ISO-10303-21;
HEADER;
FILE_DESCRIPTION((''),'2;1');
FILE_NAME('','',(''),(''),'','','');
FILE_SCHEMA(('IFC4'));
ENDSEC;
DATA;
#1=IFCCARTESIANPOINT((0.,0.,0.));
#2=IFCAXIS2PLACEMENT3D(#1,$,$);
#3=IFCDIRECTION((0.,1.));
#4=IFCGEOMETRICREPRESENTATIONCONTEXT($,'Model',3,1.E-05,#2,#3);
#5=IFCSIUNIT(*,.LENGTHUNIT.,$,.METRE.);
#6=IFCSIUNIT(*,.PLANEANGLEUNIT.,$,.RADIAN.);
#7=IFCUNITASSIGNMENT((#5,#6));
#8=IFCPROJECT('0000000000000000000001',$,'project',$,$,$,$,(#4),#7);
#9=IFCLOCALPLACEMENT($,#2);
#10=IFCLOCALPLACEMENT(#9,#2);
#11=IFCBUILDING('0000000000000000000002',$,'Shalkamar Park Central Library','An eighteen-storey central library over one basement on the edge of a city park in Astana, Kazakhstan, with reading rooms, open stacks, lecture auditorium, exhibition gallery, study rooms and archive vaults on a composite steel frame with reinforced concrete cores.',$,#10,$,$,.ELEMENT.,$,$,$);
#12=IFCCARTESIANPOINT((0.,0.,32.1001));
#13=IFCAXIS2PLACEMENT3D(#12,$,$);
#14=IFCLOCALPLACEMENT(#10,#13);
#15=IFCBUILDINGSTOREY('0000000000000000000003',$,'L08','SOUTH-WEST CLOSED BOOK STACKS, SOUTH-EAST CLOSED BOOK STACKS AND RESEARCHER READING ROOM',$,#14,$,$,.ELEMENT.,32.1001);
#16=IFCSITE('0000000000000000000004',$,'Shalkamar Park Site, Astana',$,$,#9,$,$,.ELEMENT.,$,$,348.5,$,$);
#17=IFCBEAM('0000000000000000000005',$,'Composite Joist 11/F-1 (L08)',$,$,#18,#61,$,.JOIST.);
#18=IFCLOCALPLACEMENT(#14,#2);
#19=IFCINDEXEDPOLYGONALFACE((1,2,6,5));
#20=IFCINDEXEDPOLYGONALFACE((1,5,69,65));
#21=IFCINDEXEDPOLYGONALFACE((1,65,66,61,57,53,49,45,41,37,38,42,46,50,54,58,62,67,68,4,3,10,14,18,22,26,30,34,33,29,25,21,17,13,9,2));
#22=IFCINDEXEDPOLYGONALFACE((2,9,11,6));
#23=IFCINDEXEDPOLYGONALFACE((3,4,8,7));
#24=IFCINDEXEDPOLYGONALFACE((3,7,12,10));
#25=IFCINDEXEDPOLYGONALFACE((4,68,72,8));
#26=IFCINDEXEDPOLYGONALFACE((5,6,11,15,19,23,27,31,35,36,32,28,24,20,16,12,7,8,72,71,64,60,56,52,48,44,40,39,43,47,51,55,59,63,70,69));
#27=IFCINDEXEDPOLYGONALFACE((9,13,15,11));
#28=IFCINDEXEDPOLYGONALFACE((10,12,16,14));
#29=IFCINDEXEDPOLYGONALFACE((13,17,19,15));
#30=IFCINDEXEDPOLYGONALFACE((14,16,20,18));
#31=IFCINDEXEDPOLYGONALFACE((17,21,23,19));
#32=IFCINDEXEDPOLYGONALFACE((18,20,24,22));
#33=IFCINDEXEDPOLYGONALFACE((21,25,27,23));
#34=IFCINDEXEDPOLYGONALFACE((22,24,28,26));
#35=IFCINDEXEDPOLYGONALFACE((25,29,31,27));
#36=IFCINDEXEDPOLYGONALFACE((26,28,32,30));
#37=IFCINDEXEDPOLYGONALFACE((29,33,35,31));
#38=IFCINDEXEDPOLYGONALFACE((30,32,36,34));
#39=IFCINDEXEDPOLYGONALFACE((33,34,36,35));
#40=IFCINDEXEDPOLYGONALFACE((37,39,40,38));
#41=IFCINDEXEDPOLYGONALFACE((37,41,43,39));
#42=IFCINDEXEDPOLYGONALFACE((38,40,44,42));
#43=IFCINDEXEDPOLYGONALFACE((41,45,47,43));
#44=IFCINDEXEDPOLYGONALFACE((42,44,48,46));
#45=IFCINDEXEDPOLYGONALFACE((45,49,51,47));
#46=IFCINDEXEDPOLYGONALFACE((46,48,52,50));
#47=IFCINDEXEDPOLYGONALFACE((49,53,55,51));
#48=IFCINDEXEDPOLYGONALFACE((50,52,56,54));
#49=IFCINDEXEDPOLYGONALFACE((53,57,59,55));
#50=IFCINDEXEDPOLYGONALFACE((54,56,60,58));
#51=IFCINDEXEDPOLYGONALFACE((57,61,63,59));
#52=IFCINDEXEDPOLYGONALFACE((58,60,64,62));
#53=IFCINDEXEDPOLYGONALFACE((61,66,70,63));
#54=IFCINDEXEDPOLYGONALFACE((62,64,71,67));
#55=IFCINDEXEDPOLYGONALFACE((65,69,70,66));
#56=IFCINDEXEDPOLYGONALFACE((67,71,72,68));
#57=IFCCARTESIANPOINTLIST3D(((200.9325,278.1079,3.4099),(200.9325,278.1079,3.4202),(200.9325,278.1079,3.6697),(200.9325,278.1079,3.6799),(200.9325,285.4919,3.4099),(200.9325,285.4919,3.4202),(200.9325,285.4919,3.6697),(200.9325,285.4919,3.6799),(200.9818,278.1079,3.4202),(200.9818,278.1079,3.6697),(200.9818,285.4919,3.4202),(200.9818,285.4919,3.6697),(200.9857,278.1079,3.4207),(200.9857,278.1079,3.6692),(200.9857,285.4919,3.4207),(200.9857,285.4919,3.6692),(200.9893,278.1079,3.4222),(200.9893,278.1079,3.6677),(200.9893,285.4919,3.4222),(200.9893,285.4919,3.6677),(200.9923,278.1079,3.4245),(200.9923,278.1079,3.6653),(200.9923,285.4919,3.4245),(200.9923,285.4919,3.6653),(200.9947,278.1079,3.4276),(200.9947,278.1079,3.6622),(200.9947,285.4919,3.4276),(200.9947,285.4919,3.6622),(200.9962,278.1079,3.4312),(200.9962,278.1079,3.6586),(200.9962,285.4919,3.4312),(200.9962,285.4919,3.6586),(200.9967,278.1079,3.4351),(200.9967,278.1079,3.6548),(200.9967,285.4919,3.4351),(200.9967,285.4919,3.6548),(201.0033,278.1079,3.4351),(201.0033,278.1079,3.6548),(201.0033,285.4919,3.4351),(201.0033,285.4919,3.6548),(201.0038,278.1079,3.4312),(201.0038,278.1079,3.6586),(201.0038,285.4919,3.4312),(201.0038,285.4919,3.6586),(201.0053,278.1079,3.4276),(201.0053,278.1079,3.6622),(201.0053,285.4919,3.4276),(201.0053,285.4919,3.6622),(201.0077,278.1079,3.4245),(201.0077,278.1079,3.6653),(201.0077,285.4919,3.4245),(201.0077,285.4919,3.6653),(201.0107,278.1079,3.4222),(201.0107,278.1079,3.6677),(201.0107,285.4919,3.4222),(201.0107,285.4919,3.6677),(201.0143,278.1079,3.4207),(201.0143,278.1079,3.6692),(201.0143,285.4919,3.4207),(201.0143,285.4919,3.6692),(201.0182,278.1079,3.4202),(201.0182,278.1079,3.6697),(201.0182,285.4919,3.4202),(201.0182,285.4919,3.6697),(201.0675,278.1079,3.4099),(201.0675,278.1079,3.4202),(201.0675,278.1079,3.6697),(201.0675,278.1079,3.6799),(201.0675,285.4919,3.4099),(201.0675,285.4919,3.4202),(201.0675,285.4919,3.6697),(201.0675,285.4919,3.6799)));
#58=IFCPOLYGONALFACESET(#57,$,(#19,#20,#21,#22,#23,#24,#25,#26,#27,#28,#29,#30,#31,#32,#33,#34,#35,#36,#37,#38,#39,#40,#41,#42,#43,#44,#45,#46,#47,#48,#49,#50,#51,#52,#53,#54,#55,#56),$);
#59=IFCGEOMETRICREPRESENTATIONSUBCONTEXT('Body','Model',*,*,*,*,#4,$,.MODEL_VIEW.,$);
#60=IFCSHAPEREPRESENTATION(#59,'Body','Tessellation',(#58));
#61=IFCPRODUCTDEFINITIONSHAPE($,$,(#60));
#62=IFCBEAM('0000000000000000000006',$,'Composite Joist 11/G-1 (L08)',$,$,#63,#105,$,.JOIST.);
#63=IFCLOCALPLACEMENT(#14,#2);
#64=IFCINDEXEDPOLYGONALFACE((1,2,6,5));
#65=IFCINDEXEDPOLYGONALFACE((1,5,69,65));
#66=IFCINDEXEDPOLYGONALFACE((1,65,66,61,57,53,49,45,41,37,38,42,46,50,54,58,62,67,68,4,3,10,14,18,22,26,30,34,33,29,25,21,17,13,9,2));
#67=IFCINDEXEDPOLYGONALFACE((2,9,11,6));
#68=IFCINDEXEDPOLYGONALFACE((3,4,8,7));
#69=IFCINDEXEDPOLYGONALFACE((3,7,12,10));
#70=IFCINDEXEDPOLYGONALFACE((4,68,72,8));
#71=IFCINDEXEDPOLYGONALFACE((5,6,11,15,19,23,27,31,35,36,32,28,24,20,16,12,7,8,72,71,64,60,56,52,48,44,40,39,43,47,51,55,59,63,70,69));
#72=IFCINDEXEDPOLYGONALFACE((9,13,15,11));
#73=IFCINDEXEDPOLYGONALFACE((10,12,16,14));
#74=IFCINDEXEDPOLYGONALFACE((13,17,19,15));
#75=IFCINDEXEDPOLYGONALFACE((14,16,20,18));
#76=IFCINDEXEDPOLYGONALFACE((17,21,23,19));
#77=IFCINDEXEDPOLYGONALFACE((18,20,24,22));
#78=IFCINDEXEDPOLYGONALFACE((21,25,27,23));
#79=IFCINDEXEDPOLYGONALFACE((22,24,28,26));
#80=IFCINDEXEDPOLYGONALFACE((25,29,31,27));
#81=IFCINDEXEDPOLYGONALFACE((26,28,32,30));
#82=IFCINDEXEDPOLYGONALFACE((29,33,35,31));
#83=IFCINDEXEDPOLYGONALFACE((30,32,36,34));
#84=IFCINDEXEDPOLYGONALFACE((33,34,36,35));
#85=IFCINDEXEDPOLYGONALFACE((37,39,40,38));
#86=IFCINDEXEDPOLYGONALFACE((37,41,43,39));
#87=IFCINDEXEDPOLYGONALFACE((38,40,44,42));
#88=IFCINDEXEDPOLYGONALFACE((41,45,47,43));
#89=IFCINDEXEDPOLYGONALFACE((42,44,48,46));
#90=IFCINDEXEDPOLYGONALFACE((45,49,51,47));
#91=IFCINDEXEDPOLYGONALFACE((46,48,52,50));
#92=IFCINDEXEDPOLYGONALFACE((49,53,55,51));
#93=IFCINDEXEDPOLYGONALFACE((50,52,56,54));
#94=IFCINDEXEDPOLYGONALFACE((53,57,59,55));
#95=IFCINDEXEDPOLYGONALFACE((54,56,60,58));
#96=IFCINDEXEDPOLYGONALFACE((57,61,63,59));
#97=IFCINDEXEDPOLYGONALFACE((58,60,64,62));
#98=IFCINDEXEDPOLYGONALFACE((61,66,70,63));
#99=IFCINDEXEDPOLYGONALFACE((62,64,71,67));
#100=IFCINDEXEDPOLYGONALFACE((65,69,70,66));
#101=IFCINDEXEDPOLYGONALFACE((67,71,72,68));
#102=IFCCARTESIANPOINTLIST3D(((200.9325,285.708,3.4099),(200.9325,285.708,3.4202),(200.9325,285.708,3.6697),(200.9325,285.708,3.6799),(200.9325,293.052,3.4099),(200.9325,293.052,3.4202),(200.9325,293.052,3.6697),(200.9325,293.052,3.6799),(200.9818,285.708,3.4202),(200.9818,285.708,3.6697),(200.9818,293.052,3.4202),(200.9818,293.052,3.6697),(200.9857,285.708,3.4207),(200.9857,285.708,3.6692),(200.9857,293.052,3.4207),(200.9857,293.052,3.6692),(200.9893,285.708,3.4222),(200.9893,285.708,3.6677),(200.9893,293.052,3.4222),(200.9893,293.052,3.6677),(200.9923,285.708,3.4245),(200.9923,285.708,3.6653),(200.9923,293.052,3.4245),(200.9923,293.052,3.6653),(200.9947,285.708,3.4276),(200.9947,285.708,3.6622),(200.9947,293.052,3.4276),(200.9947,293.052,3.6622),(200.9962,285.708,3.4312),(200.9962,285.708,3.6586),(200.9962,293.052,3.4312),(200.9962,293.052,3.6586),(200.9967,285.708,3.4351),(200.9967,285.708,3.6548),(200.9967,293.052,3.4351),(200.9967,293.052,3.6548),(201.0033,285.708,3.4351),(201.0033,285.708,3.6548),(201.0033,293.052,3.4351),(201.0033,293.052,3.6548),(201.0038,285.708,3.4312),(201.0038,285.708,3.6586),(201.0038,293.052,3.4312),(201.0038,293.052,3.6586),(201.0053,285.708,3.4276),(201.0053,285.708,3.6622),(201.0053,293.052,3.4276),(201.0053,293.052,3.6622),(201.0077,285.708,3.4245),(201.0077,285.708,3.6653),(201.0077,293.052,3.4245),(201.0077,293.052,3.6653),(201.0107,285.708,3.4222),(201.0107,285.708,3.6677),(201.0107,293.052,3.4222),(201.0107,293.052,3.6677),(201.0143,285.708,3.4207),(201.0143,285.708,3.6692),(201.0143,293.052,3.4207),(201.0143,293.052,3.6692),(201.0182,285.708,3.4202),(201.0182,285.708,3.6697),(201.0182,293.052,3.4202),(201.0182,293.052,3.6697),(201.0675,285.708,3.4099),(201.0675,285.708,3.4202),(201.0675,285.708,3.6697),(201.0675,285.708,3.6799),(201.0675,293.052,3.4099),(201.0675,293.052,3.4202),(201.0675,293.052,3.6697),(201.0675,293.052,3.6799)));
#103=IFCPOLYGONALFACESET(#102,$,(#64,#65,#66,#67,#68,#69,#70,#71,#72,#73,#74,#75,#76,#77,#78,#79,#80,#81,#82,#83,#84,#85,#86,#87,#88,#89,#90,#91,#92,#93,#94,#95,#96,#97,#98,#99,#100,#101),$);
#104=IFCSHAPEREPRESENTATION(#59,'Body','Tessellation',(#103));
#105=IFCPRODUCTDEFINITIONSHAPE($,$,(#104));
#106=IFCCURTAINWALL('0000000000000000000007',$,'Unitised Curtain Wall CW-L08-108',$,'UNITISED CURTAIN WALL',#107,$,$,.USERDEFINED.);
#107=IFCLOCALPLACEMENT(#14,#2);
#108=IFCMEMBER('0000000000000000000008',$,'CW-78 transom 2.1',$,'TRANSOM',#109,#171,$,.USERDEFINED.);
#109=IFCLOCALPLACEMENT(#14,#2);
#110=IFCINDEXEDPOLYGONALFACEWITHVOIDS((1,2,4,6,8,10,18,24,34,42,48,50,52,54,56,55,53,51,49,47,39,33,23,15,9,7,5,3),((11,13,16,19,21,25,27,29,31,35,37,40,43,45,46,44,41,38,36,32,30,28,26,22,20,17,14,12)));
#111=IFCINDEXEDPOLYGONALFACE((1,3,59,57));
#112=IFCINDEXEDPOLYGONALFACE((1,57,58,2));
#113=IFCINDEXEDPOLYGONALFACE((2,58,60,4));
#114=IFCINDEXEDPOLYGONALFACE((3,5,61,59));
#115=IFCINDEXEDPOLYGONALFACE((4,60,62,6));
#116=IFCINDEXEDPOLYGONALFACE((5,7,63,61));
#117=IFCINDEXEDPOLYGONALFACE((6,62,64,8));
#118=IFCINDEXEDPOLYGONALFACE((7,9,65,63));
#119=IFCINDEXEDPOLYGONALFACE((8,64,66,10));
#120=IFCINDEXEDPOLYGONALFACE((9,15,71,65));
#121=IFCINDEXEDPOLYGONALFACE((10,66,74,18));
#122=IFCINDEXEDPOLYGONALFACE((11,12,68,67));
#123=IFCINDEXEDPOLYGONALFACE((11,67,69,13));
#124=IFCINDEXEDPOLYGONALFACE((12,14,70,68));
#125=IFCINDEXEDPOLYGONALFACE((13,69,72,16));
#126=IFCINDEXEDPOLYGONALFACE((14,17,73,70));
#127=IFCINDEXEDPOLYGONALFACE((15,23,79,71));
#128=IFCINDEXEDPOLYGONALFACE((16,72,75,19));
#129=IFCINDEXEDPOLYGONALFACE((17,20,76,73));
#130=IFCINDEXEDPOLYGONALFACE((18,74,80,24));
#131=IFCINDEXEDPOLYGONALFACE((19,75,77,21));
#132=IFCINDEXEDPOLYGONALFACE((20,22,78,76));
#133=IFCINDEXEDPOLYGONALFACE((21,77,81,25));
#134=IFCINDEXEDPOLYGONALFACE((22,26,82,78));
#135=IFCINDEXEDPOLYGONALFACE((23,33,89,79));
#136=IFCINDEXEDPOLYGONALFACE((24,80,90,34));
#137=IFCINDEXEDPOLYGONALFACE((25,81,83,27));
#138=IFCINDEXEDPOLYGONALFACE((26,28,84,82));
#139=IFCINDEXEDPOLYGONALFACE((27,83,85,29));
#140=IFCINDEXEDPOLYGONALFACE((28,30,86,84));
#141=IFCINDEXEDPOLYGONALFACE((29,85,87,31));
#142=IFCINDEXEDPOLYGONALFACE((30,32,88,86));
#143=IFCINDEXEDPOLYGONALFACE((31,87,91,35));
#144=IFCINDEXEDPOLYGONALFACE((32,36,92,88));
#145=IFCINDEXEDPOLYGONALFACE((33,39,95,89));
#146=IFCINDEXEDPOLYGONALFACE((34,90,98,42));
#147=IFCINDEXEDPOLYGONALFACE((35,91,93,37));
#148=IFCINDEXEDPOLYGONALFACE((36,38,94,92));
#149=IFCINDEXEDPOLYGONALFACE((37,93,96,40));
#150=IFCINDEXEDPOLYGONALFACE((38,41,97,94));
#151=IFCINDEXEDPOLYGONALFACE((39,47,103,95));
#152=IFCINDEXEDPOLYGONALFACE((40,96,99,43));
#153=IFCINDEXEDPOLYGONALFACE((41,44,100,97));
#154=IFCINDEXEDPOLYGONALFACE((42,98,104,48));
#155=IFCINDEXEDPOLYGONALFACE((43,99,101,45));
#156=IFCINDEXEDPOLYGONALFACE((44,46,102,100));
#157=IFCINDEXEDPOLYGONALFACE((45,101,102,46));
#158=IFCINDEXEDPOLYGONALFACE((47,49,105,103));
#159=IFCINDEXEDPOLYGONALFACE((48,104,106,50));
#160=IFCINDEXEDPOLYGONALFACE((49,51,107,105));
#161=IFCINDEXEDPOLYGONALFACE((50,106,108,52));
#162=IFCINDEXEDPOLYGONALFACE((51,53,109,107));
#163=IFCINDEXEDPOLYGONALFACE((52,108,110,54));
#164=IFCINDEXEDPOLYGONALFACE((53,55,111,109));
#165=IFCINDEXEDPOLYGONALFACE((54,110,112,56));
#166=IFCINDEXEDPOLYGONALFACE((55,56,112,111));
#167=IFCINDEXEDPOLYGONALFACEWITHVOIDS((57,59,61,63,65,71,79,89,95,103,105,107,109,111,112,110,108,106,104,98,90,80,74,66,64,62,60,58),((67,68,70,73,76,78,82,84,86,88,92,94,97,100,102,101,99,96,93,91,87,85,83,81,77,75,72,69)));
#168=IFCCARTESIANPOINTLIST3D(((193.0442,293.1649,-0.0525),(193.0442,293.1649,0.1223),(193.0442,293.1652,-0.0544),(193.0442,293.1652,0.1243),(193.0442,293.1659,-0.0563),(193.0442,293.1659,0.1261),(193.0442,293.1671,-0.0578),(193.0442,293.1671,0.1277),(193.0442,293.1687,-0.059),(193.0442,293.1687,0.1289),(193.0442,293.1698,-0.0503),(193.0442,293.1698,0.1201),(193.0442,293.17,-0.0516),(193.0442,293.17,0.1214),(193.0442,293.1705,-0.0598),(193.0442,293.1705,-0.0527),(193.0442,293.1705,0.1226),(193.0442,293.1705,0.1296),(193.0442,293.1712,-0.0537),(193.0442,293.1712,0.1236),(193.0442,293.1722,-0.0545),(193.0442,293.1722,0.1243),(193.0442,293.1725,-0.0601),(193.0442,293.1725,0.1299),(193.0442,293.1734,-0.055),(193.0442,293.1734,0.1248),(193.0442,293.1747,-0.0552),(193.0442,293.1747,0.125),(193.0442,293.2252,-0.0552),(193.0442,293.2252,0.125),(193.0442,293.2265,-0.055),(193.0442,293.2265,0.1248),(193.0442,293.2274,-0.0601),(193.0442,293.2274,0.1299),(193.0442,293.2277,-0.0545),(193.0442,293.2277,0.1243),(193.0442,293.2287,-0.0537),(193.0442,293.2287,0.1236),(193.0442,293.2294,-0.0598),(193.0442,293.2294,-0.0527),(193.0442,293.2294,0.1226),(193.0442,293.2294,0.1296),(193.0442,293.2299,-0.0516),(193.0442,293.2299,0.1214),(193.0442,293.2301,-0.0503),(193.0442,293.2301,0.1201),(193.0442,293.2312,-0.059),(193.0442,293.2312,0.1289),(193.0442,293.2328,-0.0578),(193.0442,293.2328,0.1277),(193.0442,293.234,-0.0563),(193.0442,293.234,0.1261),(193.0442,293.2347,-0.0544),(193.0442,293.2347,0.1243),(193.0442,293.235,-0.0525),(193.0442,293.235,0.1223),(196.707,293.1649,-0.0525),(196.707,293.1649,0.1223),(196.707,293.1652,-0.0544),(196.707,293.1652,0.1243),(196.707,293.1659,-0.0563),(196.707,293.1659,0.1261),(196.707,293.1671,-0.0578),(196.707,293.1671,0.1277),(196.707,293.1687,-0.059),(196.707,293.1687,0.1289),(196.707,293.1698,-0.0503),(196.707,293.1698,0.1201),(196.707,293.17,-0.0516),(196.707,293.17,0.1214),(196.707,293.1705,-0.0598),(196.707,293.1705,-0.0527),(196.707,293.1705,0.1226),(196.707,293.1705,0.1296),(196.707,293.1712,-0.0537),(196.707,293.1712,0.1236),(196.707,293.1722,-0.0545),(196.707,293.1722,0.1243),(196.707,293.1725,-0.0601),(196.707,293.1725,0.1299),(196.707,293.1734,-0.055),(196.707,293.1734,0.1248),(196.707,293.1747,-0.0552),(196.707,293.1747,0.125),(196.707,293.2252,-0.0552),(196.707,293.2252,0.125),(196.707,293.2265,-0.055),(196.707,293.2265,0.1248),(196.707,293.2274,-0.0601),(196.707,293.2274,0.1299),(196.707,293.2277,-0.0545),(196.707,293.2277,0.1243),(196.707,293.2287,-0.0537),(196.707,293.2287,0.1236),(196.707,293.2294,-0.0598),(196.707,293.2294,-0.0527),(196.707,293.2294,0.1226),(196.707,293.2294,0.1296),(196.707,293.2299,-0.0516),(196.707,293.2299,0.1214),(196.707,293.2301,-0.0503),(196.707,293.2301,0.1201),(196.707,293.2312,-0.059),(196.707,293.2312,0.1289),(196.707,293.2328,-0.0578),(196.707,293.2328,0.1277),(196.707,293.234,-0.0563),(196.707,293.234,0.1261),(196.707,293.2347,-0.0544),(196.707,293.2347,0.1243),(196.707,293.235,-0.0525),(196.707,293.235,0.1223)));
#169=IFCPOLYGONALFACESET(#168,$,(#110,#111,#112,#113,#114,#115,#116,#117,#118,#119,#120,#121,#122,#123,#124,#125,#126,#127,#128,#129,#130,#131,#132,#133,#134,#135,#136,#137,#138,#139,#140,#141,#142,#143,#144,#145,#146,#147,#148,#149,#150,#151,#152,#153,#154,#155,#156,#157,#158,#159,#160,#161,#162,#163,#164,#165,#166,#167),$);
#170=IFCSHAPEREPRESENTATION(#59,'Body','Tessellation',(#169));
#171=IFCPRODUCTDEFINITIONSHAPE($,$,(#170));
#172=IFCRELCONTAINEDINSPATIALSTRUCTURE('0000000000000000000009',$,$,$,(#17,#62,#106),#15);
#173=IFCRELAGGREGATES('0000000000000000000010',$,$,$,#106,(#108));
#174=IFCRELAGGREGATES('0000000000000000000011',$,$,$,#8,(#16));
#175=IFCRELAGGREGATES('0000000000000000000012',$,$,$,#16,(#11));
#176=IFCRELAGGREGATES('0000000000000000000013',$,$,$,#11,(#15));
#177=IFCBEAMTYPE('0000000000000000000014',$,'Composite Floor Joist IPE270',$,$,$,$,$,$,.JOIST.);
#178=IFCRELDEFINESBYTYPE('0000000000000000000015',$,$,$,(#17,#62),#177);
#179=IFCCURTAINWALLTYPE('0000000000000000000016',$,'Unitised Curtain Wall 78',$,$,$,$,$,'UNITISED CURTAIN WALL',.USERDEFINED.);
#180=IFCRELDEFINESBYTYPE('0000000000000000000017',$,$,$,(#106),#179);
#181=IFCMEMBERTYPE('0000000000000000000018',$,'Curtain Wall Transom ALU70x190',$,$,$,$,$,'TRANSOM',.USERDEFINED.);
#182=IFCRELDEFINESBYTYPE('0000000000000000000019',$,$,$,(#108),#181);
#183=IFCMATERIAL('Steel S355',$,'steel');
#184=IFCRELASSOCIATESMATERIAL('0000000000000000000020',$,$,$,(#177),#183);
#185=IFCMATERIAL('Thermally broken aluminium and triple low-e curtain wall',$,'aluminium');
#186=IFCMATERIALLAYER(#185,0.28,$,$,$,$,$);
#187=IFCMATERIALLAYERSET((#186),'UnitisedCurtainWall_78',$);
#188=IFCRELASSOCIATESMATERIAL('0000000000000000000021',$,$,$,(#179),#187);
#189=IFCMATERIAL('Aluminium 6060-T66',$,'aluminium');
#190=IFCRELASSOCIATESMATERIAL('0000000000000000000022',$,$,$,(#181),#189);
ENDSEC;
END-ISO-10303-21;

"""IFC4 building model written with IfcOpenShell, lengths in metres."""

from ifc_helpers import new_model, si_unit, direction, frame, origin, origin_2d, place, context, subcontext, project, spatial, hollow_rectangle, i_section, extrude, material, layer, layer_set, material_profile, profile_set, type_object, element, aggregate, save


model = new_model("IFC4")

# Units and contexts
model_context = context("Model", 3, precision=1e-05, world=origin(), true_north=direction((0.0, 1.0)))
body_context = subcontext(model_context, "Body", "Model", "MODEL_VIEW")
ifc_project = project(units=[si_unit("LENGTHUNIT", "METRE"), si_unit("PLANEANGLEUNIT", "RADIAN")], contexts=[model_context])

# Site, building, storey
site_placement = place(None, origin())
site = spatial("IfcSite", under=ifc_project, at=site_placement, Name="Shalkamar Park Site, Astana", CompositionType="ELEMENT", RefElevation=348.5)
building_placement = place(site_placement, origin())
building = spatial("IfcBuilding", under=site, at=building_placement, Name="Shalkamar Park Central Library", Description="An eighteen-storey central library over one basement on the edge of a city park in Astana, Kazakhstan, with reading rooms, open stacks, lecture auditorium, exhibition gallery, study rooms and archive vaults on a composite steel frame with reinforced concrete cores.", CompositionType="ELEMENT")
storey_placement = place(building_placement, frame((0.0, 0.0, 32.1001)))
storey = spatial("IfcBuildingStorey", under=building, at=storey_placement, Name="L08", Description="SOUTH-WEST CLOSED BOOK STACKS, SOUTH-EAST CLOSED BOOK STACKS AND RESEARCHER READING ROOM", CompositionType="ELEMENT", Elevation=32.1001)

# Shared definitions
ifc_material_1 = material(Name="Steel S355", Category="steel")

# Beams
ifc_material_profile_1 = material_profile(ifc_material_1, i_section(OverallWidth=0.135, OverallDepth=0.27, WebThickness=0.0066, FlangeThickness=0.0103, FilletRadius=0.0149, at=origin_2d()), Name="IPE 270")
ifc_profile_set_1 = profile_set([ifc_material_profile_1], Name="Steel S355")
beam_type_1 = type_object("IfcBeamType", Name="Composite Floor Joist IPE270", PredefinedType="JOIST", material=ifc_profile_set_1)
for number, where, z_axis, x_axis, name in (
    (1, (201.0, 278.1079, 3.5449), (0.0, 1.0, 0.0), (-1.0, 0.0, 0.0), "Composite Joist 11/F-1 (L08)"),
):
    element("IfcBeam", number, at=place(storey_placement, frame(where, z_axis=z_axis, x_axis=x_axis)), inside=storey, type_object=beam_type_1, Name=name, PredefinedType="JOIST", context=body_context, shape_type="SweptSolid", body=[
        extrude(i_section(OverallWidth=0.135, OverallDepth=0.27, WebThickness=0.0066, FlangeThickness=0.0103, FilletRadius=0.0149, at=origin_2d()), origin(), (0.0, 0.0, 1.0), 7.384),
    ])
beam_1_placement = place(storey_placement, frame((201.0, 285.708, 3.5449), z_axis=(0.0, 1.0, 0.0), x_axis=(-1.0, 0.0, 0.0)))
element("IfcBeam", 2, at=beam_1_placement, inside=storey, type_object=beam_type_1, Name="Composite Joist 11/G-1 (L08)", PredefinedType="JOIST", context=body_context, shape_type="SweptSolid", body=[
    extrude(i_section(OverallWidth=0.135, OverallDepth=0.27, WebThickness=0.0066, FlangeThickness=0.0103, FilletRadius=0.0149, at=origin_2d()), origin(), (0.0, 0.0, 1.0), 7.344),
])

# Curtain wall, member
ifc_material_2 = material(Name="Thermally broken aluminium and triple low-e curtain wall", Category="aluminium")
ifc_layer_1 = layer(ifc_material_2, 0.28)
ifc_layer_set_1 = layer_set([ifc_layer_1], Name="UnitisedCurtainWall_78")
curtain_wall_type = type_object("IfcCurtainWallType", Name="Unitised Curtain Wall 78", ElementType="UNITISED CURTAIN WALL", PredefinedType="USERDEFINED", material=ifc_layer_set_1)
curtain_wall_placement = place(storey_placement, origin())
curtain_wall = element("IfcCurtainWall", 3, at=curtain_wall_placement, inside=storey, type_object=curtain_wall_type, Name="Unitised Curtain Wall CW-L08-108", ObjectType="UNITISED CURTAIN WALL", PredefinedType="USERDEFINED")
ifc_material_3 = material(Name="Aluminium 6060-T66", Category="aluminium")
ifc_material_profile_2 = material_profile(ifc_material_3, hollow_rectangle(XDim=0.0701, YDim=0.1899, WallThickness=0.0049, InnerFilletRadius=0.0049, OuterFilletRadius=0.0076, at=origin_2d()), Name="ALU 70x190x5")
ifc_profile_set_2 = profile_set([ifc_material_profile_2], Name="Aluminium 6060-T66")
member_type = type_object("IfcMemberType", Name="Curtain Wall Transom ALU70x190", ElementType="TRANSOM", PredefinedType="USERDEFINED", material=ifc_profile_set_2)
member_1_placement = place(storey_placement, frame((193.0442, 293.2, 0.0349), z_axis=(1.0, 0.0, 0.0), x_axis=(0.0, 1.0, 0.0)))
member_1 = element("IfcMember", 4, at=member_1_placement, type_object=member_type, Name="CW-78 transom 2.1", ObjectType="TRANSOM", PredefinedType="USERDEFINED", context=body_context, shape_type="SweptSolid", body=[
    extrude(hollow_rectangle(XDim=0.0701, YDim=0.1899, WallThickness=0.0049, InnerFilletRadius=0.0049, OuterFilletRadius=0.0076, at=origin_2d()), origin(), (0.0, 0.0, 1.0), 3.6628),
])

aggregate(curtain_wall, [member_1])

save(model, "model.ifc")
